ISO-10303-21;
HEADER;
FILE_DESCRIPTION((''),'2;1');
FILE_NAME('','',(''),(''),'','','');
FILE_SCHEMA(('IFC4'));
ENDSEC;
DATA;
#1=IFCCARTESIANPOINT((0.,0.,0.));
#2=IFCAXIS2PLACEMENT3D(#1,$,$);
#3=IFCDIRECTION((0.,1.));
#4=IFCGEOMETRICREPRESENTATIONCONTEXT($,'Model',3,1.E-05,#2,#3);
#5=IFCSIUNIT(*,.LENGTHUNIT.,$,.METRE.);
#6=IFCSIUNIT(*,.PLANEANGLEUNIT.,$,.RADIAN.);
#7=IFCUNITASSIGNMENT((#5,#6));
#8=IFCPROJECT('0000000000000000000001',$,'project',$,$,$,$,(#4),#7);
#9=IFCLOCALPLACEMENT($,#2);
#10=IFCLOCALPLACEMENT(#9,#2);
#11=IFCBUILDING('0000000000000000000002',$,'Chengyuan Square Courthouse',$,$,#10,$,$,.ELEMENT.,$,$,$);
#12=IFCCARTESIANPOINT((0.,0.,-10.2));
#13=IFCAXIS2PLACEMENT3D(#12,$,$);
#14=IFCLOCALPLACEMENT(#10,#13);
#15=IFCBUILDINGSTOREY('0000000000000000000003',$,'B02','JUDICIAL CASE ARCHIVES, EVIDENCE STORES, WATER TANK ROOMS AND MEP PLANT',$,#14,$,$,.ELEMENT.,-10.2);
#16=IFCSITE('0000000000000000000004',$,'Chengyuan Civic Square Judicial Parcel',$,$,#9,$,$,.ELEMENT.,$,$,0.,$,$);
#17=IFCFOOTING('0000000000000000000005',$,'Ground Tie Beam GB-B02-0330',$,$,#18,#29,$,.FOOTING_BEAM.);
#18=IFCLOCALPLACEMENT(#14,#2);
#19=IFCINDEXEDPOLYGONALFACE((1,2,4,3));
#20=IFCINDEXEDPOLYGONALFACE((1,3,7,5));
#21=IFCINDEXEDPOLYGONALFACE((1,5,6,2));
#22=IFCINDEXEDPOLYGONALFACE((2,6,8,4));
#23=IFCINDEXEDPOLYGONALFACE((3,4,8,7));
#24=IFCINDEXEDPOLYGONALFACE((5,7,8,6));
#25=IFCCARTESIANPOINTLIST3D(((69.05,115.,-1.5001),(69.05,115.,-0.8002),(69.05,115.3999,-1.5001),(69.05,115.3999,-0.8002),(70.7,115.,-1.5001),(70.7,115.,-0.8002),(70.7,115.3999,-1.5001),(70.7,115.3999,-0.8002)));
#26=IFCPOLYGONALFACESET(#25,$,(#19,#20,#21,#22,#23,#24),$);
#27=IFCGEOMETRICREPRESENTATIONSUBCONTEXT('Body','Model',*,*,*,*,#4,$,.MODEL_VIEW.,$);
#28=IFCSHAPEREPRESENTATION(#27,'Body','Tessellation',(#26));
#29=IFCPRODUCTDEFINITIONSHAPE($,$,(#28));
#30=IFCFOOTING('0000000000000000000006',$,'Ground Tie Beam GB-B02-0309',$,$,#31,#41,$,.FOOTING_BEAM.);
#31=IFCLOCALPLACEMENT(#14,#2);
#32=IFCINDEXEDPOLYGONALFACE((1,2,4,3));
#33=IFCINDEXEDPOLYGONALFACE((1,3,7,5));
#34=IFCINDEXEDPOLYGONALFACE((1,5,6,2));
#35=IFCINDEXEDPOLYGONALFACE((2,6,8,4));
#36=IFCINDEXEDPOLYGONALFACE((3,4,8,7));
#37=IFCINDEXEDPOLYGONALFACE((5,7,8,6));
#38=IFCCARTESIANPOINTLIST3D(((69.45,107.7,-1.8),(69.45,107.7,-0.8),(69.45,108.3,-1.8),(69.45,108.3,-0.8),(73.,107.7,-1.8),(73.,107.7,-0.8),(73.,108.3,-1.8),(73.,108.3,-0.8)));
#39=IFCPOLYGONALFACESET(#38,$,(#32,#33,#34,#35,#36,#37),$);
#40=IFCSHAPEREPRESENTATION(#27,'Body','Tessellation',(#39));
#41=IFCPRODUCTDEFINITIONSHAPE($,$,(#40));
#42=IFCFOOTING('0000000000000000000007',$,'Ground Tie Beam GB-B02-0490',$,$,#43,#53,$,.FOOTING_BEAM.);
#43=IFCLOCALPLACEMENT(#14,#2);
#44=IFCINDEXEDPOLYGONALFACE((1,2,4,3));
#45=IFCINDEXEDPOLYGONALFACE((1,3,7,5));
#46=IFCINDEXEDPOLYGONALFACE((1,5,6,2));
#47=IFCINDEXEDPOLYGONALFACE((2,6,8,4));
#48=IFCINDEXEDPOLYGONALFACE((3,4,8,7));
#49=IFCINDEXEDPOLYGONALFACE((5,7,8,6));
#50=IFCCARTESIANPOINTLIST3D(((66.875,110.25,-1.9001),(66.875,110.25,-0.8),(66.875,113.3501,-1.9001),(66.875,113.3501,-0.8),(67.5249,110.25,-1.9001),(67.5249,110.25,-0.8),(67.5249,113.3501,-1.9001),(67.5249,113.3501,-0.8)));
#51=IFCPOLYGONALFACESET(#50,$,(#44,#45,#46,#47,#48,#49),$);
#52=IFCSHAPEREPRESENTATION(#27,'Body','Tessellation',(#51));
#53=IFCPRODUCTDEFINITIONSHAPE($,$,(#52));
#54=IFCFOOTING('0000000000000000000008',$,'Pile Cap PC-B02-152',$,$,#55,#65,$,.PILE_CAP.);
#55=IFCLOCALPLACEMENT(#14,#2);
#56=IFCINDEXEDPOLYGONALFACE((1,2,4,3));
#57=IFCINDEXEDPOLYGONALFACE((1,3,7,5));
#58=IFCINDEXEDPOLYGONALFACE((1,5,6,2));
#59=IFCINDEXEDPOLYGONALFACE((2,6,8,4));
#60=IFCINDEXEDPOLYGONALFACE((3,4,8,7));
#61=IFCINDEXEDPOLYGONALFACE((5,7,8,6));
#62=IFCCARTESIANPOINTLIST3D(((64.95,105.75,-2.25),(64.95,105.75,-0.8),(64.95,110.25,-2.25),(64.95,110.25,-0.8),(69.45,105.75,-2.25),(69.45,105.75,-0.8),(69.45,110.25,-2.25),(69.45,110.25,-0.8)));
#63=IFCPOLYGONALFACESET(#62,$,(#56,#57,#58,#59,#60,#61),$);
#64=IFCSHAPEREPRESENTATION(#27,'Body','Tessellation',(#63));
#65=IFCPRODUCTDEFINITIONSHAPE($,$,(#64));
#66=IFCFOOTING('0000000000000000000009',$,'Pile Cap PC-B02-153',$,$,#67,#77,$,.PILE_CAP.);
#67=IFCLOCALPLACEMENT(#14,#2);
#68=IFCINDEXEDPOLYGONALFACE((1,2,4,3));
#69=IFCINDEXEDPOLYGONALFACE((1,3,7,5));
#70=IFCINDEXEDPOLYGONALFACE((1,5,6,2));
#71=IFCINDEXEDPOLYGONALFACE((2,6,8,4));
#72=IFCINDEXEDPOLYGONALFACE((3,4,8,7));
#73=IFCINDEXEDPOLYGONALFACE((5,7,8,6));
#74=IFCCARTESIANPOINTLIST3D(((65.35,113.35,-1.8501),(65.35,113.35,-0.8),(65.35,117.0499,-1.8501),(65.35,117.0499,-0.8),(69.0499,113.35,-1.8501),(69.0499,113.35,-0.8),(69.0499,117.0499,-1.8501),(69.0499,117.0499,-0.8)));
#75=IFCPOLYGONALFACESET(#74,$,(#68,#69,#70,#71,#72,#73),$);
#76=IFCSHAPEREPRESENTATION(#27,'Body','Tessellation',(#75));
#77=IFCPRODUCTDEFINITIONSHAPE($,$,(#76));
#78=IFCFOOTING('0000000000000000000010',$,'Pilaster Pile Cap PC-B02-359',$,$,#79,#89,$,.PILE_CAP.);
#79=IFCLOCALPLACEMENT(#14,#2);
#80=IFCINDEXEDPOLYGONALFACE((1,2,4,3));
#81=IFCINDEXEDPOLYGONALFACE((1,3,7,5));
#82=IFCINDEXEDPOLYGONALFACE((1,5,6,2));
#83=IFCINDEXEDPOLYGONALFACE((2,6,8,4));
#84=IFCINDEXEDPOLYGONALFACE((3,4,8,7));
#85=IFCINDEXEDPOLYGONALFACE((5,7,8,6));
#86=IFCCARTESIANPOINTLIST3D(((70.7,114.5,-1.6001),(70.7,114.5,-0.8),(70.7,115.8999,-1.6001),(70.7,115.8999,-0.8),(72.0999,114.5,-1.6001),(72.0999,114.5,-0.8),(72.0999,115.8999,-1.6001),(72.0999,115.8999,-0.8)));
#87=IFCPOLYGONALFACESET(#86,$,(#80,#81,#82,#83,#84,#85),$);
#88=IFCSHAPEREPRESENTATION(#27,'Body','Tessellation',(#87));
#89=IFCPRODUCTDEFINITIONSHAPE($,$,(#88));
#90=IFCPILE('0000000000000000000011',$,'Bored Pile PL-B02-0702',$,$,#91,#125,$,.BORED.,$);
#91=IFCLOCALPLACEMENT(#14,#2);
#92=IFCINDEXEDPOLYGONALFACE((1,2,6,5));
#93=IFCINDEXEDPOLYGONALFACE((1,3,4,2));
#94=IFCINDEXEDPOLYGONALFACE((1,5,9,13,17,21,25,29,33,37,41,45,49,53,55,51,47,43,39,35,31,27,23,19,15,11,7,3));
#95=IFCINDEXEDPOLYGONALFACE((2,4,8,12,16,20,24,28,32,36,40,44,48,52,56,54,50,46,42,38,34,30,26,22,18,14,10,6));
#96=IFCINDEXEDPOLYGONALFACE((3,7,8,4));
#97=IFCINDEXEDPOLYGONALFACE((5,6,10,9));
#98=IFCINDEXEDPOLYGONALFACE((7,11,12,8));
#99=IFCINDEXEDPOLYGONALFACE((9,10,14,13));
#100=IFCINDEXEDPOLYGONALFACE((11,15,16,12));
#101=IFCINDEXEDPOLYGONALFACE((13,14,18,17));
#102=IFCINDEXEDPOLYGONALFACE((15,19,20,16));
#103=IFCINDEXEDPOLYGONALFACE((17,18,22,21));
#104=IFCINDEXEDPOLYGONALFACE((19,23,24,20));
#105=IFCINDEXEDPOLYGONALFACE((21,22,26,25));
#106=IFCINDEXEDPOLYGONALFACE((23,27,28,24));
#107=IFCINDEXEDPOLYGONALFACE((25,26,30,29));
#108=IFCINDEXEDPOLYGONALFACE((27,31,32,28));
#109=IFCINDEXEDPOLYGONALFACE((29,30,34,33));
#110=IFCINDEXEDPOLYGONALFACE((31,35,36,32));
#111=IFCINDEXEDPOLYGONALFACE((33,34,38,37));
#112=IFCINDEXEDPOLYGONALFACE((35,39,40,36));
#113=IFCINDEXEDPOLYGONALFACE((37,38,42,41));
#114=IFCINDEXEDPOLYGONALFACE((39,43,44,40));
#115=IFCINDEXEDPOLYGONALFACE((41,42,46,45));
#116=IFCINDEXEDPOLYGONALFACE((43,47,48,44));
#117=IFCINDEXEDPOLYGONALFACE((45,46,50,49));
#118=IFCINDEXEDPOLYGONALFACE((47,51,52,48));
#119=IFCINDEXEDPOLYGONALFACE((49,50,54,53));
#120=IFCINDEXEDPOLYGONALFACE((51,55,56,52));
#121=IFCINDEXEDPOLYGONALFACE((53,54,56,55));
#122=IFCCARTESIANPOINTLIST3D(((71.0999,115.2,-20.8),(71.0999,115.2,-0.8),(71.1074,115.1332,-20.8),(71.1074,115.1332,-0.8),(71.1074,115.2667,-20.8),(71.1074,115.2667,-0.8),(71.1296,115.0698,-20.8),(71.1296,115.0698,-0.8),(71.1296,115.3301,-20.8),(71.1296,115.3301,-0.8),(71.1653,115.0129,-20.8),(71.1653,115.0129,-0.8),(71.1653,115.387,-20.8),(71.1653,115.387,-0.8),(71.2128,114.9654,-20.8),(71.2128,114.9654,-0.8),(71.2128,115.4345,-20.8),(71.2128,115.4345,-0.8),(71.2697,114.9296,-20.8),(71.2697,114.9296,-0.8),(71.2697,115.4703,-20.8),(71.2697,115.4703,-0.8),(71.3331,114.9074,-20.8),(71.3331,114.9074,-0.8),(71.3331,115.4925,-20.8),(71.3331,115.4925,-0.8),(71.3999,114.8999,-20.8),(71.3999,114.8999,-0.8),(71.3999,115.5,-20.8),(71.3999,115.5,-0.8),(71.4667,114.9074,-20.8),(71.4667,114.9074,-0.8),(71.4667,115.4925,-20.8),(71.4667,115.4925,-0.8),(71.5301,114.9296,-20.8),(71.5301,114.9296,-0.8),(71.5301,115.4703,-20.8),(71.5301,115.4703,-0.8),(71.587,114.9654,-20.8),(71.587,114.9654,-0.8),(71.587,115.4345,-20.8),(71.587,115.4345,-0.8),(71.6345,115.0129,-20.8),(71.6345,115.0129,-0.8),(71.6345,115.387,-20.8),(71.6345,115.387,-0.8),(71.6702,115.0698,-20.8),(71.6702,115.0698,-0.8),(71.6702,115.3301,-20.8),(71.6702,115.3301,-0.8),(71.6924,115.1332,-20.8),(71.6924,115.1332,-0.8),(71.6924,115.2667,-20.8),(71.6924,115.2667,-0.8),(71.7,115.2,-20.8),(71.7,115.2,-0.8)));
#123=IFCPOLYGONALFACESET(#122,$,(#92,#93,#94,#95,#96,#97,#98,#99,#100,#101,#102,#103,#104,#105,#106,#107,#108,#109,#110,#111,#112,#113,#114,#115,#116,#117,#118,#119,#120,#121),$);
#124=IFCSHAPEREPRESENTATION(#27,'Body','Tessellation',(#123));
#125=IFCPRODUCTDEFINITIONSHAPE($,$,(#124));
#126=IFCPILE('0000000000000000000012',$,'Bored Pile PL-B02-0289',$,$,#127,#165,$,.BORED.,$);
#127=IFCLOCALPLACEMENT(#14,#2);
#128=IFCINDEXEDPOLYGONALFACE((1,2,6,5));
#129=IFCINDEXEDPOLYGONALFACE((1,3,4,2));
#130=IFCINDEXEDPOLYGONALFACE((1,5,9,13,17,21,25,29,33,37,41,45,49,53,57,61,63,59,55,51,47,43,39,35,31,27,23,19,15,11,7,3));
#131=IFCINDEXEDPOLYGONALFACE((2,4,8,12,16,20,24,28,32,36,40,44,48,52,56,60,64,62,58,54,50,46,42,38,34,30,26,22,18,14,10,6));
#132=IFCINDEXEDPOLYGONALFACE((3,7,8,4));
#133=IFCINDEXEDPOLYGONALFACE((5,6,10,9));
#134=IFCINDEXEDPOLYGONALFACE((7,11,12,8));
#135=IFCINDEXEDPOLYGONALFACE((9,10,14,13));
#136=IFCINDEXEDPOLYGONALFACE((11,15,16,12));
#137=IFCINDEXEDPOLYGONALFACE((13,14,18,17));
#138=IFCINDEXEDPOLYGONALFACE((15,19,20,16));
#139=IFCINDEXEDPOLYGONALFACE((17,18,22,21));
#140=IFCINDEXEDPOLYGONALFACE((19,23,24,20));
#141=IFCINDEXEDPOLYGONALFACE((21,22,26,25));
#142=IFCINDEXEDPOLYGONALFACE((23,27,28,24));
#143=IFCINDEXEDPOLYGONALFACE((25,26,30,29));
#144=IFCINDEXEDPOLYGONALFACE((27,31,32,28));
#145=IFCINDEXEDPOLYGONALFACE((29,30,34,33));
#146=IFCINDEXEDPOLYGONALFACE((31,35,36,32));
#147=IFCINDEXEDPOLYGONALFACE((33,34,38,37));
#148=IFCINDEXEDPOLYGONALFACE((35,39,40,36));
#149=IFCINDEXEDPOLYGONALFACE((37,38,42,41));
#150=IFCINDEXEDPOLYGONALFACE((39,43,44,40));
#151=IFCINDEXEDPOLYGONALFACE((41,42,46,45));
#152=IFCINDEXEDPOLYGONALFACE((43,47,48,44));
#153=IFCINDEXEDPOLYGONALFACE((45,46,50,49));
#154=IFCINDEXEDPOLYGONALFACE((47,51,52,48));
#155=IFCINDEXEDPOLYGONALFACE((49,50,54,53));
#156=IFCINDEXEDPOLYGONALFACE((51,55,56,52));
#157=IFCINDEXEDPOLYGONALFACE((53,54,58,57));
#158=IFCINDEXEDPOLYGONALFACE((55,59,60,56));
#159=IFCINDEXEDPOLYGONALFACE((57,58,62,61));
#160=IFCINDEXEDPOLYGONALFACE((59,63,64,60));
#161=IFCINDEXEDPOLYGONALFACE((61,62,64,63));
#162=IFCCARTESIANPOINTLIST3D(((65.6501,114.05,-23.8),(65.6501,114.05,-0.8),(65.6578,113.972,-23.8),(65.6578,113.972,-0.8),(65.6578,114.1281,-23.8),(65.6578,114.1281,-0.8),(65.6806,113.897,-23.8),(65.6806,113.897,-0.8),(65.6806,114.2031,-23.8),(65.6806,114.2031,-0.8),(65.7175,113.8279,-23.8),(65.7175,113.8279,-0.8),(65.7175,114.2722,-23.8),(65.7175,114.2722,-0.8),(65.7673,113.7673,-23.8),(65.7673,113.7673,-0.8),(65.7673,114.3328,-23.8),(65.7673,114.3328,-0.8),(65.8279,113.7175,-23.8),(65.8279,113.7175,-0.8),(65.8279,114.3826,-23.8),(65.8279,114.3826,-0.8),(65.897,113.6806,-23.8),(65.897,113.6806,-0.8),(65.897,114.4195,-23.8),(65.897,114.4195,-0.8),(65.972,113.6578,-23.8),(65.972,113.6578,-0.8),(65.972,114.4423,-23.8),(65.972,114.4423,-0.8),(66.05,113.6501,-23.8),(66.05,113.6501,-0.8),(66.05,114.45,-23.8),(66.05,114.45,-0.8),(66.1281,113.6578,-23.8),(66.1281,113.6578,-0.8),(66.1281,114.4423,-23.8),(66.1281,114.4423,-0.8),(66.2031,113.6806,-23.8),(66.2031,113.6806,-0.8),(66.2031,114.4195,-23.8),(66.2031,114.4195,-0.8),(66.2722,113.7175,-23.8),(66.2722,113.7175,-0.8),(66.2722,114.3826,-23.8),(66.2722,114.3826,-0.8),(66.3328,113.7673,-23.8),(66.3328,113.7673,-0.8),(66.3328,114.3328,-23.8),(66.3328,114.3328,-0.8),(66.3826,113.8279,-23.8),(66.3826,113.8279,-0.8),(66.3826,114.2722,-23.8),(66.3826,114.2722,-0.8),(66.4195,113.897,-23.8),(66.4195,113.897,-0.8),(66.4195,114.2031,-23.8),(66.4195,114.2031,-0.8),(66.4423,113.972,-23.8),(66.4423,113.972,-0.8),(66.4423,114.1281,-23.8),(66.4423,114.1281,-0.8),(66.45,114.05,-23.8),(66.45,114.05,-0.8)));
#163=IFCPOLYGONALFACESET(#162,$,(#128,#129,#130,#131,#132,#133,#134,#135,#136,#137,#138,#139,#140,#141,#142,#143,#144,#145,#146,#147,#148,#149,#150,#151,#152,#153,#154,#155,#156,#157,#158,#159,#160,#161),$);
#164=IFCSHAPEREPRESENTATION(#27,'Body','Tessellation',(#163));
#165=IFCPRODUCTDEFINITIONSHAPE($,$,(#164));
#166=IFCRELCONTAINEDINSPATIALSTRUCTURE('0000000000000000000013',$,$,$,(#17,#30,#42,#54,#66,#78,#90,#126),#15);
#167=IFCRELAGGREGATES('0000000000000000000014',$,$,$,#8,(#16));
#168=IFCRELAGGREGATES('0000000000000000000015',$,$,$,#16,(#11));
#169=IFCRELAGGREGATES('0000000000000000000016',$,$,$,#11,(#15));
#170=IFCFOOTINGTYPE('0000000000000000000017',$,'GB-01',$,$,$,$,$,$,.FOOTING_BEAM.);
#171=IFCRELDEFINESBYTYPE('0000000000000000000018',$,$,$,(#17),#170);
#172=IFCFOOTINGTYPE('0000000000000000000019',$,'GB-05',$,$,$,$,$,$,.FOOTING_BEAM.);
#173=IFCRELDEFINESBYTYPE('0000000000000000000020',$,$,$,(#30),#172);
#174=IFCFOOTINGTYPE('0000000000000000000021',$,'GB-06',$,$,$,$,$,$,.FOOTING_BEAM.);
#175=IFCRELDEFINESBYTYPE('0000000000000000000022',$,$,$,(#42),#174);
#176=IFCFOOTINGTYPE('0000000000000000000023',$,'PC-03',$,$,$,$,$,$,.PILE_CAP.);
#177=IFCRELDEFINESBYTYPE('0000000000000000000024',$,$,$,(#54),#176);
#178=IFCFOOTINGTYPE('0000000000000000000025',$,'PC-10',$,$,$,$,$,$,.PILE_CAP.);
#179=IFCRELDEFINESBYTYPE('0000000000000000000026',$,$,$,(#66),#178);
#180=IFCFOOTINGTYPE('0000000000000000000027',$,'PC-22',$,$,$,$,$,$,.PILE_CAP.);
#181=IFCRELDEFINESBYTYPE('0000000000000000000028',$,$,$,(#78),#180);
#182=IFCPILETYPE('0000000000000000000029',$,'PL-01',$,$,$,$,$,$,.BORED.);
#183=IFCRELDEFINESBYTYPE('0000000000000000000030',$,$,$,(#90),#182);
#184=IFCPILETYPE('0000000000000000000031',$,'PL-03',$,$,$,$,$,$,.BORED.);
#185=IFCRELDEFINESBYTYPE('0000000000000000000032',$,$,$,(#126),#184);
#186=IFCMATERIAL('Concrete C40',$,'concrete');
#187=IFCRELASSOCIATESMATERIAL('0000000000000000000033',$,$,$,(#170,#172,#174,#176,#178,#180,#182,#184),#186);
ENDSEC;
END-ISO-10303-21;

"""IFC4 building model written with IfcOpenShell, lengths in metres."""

from ifc_helpers import new_model, si_unit, direction, frame, origin, origin_2d, place, context, subcontext, project, spatial, rectangle, circle, extrude, material, material_profile, profile_set, type_object, element, save


model = new_model("IFC4")

# Units and contexts
model_context = context("Model", 3, precision=1e-05, world=origin(), true_north=direction((0.0, 1.0)))
body_context = subcontext(model_context, "Body", "Model", "MODEL_VIEW")
ifc_project = project(units=[si_unit("LENGTHUNIT", "METRE"), si_unit("PLANEANGLEUNIT", "RADIAN")], contexts=[model_context])

# Site, building, storey
site_placement = place(None, origin())
site = spatial("IfcSite", under=ifc_project, at=site_placement, Name="Chengyuan Civic Square Judicial Parcel", CompositionType="ELEMENT", RefElevation=0.0)
building_placement = place(site_placement, origin())
building = spatial("IfcBuilding", under=site, at=building_placement, Name="Chengyuan Square Courthouse", CompositionType="ELEMENT")
storey_placement = place(building_placement, frame((0.0, 0.0, -10.2)))
storey = spatial("IfcBuildingStorey", under=building, at=storey_placement, Name="B02", Description="JUDICIAL CASE ARCHIVES, EVIDENCE STORES, WATER TANK ROOMS AND MEP PLANT", CompositionType="ELEMENT", Elevation=-10.2)

# Footings
ifc_material_1 = material(Name="Concrete C40", Category="concrete")
ifc_material_profile_1 = material_profile(ifc_material_1, rectangle(XDim=0.3999, YDim=0.7, at=origin_2d()), Name="GB-400x700")
ifc_profile_set_1 = profile_set([ifc_material_profile_1], Name="Concrete C40")
footing_type_1 = type_object("IfcFootingType", Name="GB-01", PredefinedType="FOOTING_BEAM", material=ifc_profile_set_1)
footing_1_placement = place(storey_placement, frame((69.05, 115.2, -1.1501), z_axis=(1.0, 0.0, 0.0), x_axis=(0.0, 1.0, 0.0)))
element("IfcFooting", 1, at=footing_1_placement, inside=storey, type_object=footing_type_1, Name="Ground Tie Beam GB-B02-0330", PredefinedType="FOOTING_BEAM", context=body_context, shape_type="SweptSolid", body=[
    extrude(rectangle(XDim=0.3999, YDim=0.7, at=origin_2d()), origin(), (0.0, 0.0, 1.0), 1.6499),
])
ifc_material_profile_2 = material_profile(ifc_material_1, rectangle(XDim=0.6001, YDim=1.0, at=origin_2d()), Name="GB-600x1000")
ifc_profile_set_2 = profile_set([ifc_material_profile_2], Name="Concrete C40")
footing_type_2 = type_object("IfcFootingType", Name="GB-05", PredefinedType="FOOTING_BEAM", material=ifc_profile_set_2)
footing_2_placement = place(storey_placement, frame((69.45, 108.0, -1.3), z_axis=(1.0, 0.0, 0.0), x_axis=(0.0, 1.0, 0.0)))
element("IfcFooting", 2, at=footing_2_placement, inside=storey, type_object=footing_type_2, Name="Ground Tie Beam GB-B02-0309", PredefinedType="FOOTING_BEAM", context=body_context, shape_type="SweptSolid", body=[
    extrude(rectangle(XDim=0.6001, YDim=1.0, at=origin_2d()), origin(), (0.0, 0.0, 1.0), 3.55),
])
ifc_material_profile_3 = material_profile(ifc_material_1, rectangle(XDim=0.6499, YDim=1.1001, at=origin_2d()), Name="GB-650x1100")
ifc_profile_set_3 = profile_set([ifc_material_profile_3], Name="Concrete C40")
footing_type_3 = type_object("IfcFootingType", Name="GB-06", PredefinedType="FOOTING_BEAM", material=ifc_profile_set_3)
footing_3_placement = place(storey_placement, frame((67.2, 110.25, -1.3501), z_axis=(0.0, 1.0, 0.0), x_axis=(-1.0, 0.0, 0.0)))
element("IfcFooting", 3, at=footing_3_placement, inside=storey, type_object=footing_type_3, Name="Ground Tie Beam GB-B02-0490", PredefinedType="FOOTING_BEAM", context=body_context, shape_type="SweptSolid", body=[
    extrude(rectangle(XDim=0.6499, YDim=1.1001, at=origin_2d()), origin(), (0.0, 0.0, 1.0), 3.1001),
])
footing_type_4 = type_object("IfcFootingType", Name="PC-03", PredefinedType="PILE_CAP", material=ifc_material_1)
footing_4_placement = place(storey_placement, frame((67.2, 108.0, -2.25), z_axis=(0.0, 0.0, 1.0), x_axis=(1.0, 0.0, 0.0)))
element("IfcFooting", 4, at=footing_4_placement, inside=storey, type_object=footing_type_4, Name="Pile Cap PC-B02-152", PredefinedType="PILE_CAP", context=body_context, shape_type="SweptSolid", body=[
    extrude(rectangle(XDim=4.5, YDim=4.5, at=origin_2d()), origin(), (0.0, 0.0, 1.0), 1.45),
])
footing_type_5 = type_object("IfcFootingType", Name="PC-10", PredefinedType="PILE_CAP", material=ifc_material_1)
footing_5_placement = place(storey_placement, frame((67.2, 115.2, -1.8501), z_axis=(0.0, 0.0, 1.0), x_axis=(1.0, 0.0, 0.0)))
element("IfcFooting", 5, at=footing_5_placement, inside=storey, type_object=footing_type_5, Name="Pile Cap PC-B02-153", PredefinedType="PILE_CAP", context=body_context, shape_type="SweptSolid", body=[
    extrude(rectangle(XDim=3.7, YDim=3.7, at=origin_2d()), origin(), (0.0, 0.0, 1.0), 1.05),
])
footing_type_6 = type_object("IfcFootingType", Name="PC-22", PredefinedType="PILE_CAP", material=ifc_material_1)
footing_6_placement = place(storey_placement, frame((71.3999, 115.2, -1.6001), z_axis=(0.0, 0.0, 1.0), x_axis=(1.0, 0.0, 0.0)))
element("IfcFooting", 6, at=footing_6_placement, inside=storey, type_object=footing_type_6, Name="Pilaster Pile Cap PC-B02-359", PredefinedType="PILE_CAP", context=body_context, shape_type="SweptSolid", body=[
    extrude(rectangle(XDim=1.3999, YDim=1.3999, at=origin_2d()), origin(), (0.0, 0.0, 1.0), 0.8),
])

# Piles
ifc_material_profile_4 = material_profile(ifc_material_1, circle(Radius=0.3, at=origin_2d()), Name="BORED PILE D600")
ifc_profile_set_4 = profile_set([ifc_material_profile_4], Name="Concrete C40")
pile_type_1 = type_object("IfcPileType", Name="PL-01", PredefinedType="BORED", material=ifc_profile_set_4)
pile_placement = place(storey_placement, frame((71.3999, 115.2, -0.8), z_axis=(0.0, 0.0, -1.0), x_axis=(1.0, 0.0, 0.0)))
element("IfcPile", 7, at=pile_placement, inside=storey, type_object=pile_type_1, Name="Bored Pile PL-B02-0702", PredefinedType="BORED", context=body_context, shape_type="SweptSolid", body=[
    extrude(circle(Radius=0.3, at=origin_2d()), origin(), (0.0, 0.0, 1.0), 20.0),
])
ifc_material_profile_5 = material_profile(ifc_material_1, circle(Radius=0.3999, at=origin_2d()), Name="BORED PILE D800")
ifc_profile_set_5 = profile_set([ifc_material_profile_5], Name="Concrete C40")
pile_type_2 = type_object("IfcPileType", Name="PL-03", PredefinedType="BORED", material=ifc_profile_set_5)
for number, where, z_axis, x_axis, name in (
    (8, (66.05, 114.05, -0.8), (0.0, 0.0, -1.0), (1.0, 0.0, 0.0), "Bored Pile PL-B02-0289"),
):
    element("IfcPile", number, at=place(storey_placement, frame(where, z_axis=z_axis, x_axis=x_axis)), inside=storey, type_object=pile_type_2, Name=name, PredefinedType="BORED", context=body_context, shape_type="SweptSolid", body=[
        extrude(circle(Radius=0.3999, at=origin_2d()), origin(), (0.0, 0.0, 1.0), 23.0),
    ])

save(model, "model.ifc")
